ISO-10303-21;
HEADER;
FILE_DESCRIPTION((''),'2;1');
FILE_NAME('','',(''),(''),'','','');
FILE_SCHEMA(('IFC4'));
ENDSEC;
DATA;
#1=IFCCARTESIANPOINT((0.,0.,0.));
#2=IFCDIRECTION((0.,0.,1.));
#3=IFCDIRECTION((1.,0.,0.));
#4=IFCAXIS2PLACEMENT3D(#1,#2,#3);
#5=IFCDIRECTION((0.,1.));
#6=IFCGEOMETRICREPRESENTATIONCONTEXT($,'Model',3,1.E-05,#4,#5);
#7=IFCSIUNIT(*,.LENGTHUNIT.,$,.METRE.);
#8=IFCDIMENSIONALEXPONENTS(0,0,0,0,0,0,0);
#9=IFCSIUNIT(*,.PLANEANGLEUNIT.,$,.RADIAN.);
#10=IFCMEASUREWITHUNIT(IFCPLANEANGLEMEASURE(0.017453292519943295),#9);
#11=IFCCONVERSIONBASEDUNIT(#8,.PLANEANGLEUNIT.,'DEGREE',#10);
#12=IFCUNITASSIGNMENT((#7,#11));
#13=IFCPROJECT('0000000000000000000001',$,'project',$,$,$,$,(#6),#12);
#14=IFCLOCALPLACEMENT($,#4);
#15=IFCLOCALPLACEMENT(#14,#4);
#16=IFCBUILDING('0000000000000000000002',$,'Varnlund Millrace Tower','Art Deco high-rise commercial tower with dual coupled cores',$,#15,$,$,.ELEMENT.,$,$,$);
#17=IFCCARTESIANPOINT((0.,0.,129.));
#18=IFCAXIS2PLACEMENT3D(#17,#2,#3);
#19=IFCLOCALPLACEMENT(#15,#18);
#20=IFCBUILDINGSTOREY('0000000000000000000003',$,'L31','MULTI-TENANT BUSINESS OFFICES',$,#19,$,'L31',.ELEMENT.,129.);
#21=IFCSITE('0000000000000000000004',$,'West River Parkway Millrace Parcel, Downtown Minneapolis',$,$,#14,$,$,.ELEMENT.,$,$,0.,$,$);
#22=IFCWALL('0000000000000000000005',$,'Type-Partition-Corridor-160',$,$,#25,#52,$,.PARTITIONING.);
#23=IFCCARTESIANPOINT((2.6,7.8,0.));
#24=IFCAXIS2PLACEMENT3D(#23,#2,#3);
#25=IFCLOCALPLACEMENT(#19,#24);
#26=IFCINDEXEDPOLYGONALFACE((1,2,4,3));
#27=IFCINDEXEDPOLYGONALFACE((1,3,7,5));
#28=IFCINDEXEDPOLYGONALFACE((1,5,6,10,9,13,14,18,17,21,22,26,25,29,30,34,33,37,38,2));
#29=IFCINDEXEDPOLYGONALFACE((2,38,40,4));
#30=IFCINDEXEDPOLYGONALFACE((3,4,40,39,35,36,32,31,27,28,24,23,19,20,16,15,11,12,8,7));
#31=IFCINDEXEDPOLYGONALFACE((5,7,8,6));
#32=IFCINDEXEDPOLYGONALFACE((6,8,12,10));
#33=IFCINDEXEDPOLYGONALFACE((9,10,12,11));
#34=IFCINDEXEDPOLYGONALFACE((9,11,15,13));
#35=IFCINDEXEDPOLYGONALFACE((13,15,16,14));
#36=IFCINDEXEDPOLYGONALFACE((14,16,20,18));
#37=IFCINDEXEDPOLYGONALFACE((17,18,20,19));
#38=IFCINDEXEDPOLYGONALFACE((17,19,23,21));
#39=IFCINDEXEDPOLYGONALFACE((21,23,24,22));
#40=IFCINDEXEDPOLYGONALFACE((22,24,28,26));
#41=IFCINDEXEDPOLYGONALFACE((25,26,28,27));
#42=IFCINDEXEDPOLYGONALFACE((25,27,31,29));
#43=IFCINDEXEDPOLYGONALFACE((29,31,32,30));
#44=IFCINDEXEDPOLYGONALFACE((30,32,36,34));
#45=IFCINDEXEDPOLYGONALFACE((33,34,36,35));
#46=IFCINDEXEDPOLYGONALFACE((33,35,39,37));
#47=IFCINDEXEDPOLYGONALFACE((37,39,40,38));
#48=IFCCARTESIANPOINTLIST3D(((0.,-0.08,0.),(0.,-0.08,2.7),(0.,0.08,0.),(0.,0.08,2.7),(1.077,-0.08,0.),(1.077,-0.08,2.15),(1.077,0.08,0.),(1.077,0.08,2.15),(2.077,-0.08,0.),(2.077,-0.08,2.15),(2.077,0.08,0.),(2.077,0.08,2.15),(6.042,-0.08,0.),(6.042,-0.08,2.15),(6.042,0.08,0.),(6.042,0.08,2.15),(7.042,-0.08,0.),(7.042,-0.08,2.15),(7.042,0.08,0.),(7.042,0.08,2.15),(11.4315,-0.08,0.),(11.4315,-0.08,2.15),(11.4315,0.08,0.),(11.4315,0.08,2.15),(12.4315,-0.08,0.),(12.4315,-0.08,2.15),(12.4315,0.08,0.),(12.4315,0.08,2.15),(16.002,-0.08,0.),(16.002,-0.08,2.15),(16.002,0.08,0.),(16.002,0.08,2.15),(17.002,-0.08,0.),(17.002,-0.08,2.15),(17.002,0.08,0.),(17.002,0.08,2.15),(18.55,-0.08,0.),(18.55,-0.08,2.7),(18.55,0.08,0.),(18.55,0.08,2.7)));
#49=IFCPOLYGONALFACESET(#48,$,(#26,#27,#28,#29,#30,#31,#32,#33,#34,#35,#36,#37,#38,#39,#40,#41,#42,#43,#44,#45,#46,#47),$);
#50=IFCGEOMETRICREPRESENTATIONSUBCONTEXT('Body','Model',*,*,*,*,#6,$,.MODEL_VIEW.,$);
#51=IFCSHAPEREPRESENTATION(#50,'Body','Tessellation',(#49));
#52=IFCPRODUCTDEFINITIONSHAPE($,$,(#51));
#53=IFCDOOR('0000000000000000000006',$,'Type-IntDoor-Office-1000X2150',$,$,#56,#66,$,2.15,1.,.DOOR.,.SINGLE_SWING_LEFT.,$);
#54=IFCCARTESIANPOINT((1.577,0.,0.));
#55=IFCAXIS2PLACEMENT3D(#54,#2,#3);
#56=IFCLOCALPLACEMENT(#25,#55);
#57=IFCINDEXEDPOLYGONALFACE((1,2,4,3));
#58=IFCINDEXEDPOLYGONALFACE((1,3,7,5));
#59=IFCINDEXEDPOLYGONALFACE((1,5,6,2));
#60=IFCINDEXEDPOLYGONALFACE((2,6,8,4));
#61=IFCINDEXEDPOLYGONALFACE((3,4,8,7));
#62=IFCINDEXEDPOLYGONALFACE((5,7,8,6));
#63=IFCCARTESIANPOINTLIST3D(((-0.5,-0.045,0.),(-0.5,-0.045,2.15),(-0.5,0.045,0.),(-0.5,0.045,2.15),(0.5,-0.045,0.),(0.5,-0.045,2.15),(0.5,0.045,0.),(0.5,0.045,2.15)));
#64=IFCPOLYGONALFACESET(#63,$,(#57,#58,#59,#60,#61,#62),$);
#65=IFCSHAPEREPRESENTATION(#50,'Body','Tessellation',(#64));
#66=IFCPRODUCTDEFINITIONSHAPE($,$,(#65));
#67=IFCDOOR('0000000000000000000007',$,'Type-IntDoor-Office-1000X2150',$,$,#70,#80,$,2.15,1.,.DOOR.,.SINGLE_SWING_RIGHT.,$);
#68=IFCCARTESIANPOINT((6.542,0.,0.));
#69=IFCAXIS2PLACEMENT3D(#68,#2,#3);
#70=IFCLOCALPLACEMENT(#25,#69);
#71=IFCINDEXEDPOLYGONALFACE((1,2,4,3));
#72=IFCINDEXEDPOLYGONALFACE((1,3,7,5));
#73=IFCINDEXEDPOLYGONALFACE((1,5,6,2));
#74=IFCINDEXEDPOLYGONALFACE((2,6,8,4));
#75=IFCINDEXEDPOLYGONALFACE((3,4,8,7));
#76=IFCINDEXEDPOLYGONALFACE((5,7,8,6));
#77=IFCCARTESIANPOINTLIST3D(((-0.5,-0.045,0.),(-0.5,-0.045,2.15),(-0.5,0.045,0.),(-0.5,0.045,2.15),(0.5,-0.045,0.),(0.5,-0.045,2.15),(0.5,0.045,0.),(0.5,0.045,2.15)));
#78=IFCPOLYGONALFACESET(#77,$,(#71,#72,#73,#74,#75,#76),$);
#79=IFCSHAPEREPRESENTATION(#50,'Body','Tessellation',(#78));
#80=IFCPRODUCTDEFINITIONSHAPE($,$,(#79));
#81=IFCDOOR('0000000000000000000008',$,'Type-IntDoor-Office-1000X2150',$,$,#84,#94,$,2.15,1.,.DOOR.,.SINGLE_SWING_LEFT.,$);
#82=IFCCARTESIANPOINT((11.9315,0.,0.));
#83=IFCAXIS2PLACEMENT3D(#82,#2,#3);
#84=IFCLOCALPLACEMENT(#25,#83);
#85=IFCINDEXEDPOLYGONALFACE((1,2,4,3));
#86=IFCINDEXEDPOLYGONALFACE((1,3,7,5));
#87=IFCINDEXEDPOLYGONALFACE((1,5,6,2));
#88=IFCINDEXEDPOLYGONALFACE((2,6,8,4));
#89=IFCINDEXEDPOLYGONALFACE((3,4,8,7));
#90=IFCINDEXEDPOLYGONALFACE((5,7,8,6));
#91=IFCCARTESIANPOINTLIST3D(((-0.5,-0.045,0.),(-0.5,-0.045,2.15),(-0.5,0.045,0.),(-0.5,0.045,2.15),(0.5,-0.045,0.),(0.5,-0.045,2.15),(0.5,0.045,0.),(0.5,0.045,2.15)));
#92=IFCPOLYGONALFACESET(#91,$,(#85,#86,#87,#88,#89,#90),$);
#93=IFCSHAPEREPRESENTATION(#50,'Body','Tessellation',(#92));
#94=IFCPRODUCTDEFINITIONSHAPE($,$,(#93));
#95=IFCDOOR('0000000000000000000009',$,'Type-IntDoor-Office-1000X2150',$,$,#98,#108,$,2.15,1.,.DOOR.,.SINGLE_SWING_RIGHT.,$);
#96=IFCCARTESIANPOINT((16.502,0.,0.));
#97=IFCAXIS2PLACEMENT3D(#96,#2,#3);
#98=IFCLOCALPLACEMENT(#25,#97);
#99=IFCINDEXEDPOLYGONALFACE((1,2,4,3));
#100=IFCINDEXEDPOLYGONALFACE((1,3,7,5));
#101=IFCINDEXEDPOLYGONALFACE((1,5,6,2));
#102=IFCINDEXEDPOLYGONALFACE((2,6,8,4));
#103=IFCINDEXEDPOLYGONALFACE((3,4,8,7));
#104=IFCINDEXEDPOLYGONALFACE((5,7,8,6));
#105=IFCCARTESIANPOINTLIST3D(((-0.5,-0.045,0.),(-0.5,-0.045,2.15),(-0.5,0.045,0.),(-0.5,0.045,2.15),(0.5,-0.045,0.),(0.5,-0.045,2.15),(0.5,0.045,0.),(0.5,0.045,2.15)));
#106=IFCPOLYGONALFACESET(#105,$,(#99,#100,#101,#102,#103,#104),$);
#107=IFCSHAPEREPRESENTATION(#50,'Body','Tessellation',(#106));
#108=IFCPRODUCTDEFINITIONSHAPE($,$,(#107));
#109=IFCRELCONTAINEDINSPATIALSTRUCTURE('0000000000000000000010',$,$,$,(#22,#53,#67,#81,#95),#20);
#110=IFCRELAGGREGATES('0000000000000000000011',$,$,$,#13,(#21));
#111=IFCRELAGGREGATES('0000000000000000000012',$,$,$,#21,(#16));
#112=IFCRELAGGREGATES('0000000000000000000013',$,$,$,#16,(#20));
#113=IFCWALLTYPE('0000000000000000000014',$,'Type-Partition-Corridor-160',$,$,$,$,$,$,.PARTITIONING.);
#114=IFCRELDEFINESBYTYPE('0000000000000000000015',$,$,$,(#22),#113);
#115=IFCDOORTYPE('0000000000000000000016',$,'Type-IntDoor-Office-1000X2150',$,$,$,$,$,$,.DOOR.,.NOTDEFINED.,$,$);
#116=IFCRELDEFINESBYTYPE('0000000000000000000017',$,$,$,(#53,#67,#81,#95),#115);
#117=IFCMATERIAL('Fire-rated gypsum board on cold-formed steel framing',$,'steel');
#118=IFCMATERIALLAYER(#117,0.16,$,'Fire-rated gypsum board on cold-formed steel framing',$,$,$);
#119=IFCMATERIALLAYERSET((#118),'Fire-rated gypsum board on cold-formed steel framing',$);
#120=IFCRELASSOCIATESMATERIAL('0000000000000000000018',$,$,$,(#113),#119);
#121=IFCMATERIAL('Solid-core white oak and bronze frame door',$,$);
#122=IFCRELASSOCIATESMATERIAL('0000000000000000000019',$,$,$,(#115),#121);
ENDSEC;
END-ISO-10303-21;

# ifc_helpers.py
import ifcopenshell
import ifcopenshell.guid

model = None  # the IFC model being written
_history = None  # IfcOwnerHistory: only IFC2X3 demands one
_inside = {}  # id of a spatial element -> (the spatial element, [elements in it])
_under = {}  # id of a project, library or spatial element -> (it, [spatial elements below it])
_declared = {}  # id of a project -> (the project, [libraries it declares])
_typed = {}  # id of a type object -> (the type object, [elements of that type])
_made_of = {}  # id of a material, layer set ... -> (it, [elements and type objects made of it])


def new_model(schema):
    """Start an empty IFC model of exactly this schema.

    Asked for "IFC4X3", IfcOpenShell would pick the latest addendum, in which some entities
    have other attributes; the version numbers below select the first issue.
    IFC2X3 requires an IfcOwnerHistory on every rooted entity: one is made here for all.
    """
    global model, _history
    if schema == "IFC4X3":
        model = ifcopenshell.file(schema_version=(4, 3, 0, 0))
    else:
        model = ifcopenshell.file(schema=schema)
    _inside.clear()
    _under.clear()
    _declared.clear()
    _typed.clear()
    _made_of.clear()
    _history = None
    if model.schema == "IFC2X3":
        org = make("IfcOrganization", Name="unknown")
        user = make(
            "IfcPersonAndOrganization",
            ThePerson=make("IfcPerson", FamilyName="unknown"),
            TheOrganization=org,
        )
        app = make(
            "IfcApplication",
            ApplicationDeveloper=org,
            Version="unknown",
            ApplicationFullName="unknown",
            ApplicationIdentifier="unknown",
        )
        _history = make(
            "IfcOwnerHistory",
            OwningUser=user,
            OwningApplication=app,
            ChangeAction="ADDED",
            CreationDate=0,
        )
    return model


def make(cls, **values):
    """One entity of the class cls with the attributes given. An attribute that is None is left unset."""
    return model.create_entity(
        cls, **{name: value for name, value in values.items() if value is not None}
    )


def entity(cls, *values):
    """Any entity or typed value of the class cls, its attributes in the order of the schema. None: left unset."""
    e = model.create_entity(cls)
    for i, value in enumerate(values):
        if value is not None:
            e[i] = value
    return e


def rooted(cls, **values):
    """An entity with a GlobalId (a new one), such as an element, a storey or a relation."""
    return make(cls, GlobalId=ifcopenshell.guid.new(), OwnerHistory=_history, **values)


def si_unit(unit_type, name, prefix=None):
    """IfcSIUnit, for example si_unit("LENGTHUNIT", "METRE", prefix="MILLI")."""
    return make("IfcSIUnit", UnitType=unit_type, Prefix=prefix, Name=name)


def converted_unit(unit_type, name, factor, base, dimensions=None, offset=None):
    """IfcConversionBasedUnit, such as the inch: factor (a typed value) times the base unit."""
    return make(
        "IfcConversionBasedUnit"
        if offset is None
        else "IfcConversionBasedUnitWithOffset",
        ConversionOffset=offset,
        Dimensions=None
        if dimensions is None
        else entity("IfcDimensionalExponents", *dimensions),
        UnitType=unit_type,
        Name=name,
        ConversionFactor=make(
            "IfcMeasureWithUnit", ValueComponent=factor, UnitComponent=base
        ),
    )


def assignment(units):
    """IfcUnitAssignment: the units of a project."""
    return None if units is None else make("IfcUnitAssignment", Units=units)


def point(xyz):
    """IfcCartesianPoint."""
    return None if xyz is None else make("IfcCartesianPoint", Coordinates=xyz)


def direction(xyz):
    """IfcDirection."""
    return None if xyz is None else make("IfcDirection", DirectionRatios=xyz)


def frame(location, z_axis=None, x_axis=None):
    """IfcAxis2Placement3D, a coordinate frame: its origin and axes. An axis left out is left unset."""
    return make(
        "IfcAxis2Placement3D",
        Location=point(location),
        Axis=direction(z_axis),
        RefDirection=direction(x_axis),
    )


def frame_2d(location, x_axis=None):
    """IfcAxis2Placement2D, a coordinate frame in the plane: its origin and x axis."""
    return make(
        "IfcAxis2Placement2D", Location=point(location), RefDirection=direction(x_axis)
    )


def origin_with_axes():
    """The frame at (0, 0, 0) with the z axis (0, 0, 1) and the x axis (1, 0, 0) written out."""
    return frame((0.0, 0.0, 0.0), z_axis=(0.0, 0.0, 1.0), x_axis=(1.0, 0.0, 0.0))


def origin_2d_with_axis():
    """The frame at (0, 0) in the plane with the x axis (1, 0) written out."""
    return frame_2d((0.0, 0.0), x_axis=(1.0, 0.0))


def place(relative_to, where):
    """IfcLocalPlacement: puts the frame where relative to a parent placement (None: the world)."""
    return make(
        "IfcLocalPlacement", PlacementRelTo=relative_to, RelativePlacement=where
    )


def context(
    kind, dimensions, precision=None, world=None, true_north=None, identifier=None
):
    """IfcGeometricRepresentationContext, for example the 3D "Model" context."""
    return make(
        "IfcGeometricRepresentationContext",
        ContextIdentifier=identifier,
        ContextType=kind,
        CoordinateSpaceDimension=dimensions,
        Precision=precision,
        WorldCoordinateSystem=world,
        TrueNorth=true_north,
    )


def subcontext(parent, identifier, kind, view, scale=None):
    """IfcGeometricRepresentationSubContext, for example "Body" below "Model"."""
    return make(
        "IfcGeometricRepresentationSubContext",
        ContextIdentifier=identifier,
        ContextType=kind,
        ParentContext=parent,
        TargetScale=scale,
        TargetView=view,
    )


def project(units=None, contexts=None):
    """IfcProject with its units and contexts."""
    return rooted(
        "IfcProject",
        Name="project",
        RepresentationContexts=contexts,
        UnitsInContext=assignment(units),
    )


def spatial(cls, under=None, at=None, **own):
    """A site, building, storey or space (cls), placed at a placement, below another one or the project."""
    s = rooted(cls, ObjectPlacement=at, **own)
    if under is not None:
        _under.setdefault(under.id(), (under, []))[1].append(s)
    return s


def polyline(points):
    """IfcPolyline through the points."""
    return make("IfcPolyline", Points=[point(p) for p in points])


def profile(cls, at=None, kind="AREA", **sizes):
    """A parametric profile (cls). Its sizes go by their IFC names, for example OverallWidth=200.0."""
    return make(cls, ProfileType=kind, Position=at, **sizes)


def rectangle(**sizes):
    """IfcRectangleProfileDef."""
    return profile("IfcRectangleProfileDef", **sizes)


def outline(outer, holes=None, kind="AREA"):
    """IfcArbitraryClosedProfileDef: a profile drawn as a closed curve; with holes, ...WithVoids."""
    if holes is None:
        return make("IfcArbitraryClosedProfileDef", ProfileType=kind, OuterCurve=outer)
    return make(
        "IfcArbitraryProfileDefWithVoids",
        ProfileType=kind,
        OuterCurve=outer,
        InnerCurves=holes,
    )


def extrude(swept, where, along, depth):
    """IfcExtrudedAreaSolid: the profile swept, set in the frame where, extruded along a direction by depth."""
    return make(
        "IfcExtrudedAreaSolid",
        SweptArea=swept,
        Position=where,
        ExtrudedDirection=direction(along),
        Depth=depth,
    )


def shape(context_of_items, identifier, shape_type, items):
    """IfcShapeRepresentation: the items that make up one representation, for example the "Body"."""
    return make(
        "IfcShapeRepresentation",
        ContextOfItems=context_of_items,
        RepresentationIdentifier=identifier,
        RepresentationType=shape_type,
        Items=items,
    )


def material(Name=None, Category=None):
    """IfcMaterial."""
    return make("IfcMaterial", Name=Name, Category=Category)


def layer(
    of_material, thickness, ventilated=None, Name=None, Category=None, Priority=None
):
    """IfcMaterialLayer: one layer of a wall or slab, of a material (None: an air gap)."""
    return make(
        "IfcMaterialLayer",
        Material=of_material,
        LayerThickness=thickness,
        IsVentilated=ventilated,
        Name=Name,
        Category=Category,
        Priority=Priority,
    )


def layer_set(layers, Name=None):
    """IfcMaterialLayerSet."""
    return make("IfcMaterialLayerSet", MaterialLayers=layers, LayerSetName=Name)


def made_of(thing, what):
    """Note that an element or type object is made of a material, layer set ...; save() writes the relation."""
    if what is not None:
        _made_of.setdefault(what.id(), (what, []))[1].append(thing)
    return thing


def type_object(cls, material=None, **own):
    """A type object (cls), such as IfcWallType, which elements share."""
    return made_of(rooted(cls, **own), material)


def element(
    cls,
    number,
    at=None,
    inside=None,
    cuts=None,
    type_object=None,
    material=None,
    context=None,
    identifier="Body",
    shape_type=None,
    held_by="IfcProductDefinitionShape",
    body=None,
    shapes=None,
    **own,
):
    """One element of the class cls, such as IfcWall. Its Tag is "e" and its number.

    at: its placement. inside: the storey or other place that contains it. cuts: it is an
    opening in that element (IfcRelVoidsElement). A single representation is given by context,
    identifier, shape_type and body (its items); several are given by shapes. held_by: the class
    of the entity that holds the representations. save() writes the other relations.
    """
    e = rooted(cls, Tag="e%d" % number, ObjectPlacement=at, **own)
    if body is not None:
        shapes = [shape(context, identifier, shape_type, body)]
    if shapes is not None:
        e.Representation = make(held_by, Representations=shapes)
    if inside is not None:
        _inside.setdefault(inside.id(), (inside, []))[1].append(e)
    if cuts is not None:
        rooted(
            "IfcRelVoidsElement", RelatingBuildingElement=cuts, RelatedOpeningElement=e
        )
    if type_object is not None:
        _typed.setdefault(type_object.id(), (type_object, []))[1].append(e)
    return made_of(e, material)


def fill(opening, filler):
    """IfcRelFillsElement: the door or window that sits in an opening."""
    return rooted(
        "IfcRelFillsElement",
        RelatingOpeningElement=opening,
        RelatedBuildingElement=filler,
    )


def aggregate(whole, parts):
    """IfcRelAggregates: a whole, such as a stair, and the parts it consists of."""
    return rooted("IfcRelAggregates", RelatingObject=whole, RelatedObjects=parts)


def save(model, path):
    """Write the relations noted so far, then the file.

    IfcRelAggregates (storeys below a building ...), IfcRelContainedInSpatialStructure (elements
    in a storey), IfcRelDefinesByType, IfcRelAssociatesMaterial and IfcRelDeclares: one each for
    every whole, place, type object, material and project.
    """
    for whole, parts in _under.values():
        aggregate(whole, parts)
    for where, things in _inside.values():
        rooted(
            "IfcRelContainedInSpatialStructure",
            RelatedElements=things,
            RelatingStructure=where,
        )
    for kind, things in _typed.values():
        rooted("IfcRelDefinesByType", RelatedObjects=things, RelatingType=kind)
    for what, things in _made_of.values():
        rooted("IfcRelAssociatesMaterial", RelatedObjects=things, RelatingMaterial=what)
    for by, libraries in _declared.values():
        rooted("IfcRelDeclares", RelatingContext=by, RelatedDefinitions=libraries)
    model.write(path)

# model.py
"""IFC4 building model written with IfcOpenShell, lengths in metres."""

from ifc_helpers import new_model, entity, si_unit, converted_unit, direction, frame, origin_with_axes, origin_2d_with_axis, place, context, subcontext, project, spatial, polyline, rectangle, outline, extrude, material, layer, layer_set, type_object, element, fill, save


model = new_model("IFC4")

# Units and contexts
model_context = context("Model", 3, precision=1e-05, world=origin_with_axes(), true_north=direction((0.0, 1.0)))
body_context = subcontext(model_context, "Body", "Model", "MODEL_VIEW")
ifc_project = project(units=[si_unit("LENGTHUNIT", "METRE"), converted_unit("PLANEANGLEUNIT", "DEGREE", entity("IfcPlaneAngleMeasure", 0.017453292519943295), si_unit("PLANEANGLEUNIT", "RADIAN"), dimensions=[0, 0, 0, 0, 0, 0, 0])], contexts=[model_context])

# Site, building, storey
site_placement = place(None, origin_with_axes())
site = spatial("IfcSite", under=ifc_project, at=site_placement, Name="West River Parkway Millrace Parcel, Downtown Minneapolis", CompositionType="ELEMENT", RefElevation=0.0)
building_placement = place(site_placement, origin_with_axes())
building = spatial("IfcBuilding", under=site, at=building_placement, Name="Varnlund Millrace Tower", Description="Art Deco high-rise commercial tower with dual coupled cores", CompositionType="ELEMENT")
storey_placement = place(building_placement, frame((0.0, 0.0, 129.0), z_axis=(0.0, 0.0, 1.0), x_axis=(1.0, 0.0, 0.0)))
storey = spatial("IfcBuildingStorey", under=building, at=storey_placement, Name="L31", Description="MULTI-TENANT BUSINESS OFFICES", LongName="L31", CompositionType="ELEMENT", Elevation=129.0)

# Shared definitions
ifc_material_1 = material(Name="Fire-rated gypsum board on cold-formed steel framing", Category="steel")
ifc_layer_1 = layer(ifc_material_1, 0.16, Name="Fire-rated gypsum board on cold-formed steel framing")
ifc_layer_set_1 = layer_set([ifc_layer_1], Name="Fire-rated gypsum board on cold-formed steel framing")
wall_type_1 = type_object("IfcWallType", Name="Type-Partition-Corridor-160", PredefinedType="PARTITIONING", material=ifc_layer_set_1)

# Wall, openings, doors
wall_1_placement = place(storey_placement, frame((2.6, 7.8, 0.0), z_axis=(0.0, 0.0, 1.0), x_axis=(1.0, 0.0, 0.0)))
wall_1 = element("IfcWall", 1, at=wall_1_placement, inside=storey, type_object=wall_type_1, Name="Type-Partition-Corridor-160", PredefinedType="PARTITIONING", context=body_context, shape_type="SweptSolid", body=[
    extrude(outline(polyline([(0.0, -0.08), (18.55, -0.08), (18.55, 0.08), (0.0, 0.08), (0.0, -0.08)])), origin_with_axes(), (0.0, 0.0, 1.0), 2.7),
])
opening_1_placement = place(wall_1_placement, frame((1.577, 0.0, 0.0), z_axis=(0.0, 0.0, 1.0), x_axis=(1.0, 0.0, 0.0)))
opening_1 = element("IfcOpeningElement", 2, at=opening_1_placement, cuts=wall_1, PredefinedType="OPENING", context=body_context, shape_type="SweptSolid", body=[
    extrude(rectangle(XDim=1.0, YDim=0.18, at=origin_2d_with_axis()), origin_with_axes(), (0.0, 0.0, 1.0), 2.15),
])
opening_2_placement = place(wall_1_placement, frame((6.542, 0.0, 0.0), z_axis=(0.0, 0.0, 1.0), x_axis=(1.0, 0.0, 0.0)))
opening_2 = element("IfcOpeningElement", 3, at=opening_2_placement, cuts=wall_1, PredefinedType="OPENING", context=body_context, shape_type="SweptSolid", body=[
    extrude(rectangle(XDim=1.0, YDim=0.18, at=origin_2d_with_axis()), origin_with_axes(), (0.0, 0.0, 1.0), 2.15),
])
opening_3_placement = place(wall_1_placement, frame((11.9315, 0.0, 0.0), z_axis=(0.0, 0.0, 1.0), x_axis=(1.0, 0.0, 0.0)))
opening_3 = element("IfcOpeningElement", 4, at=opening_3_placement, cuts=wall_1, PredefinedType="OPENING", context=body_context, shape_type="SweptSolid", body=[
    extrude(rectangle(XDim=1.0, YDim=0.18, at=origin_2d_with_axis()), origin_with_axes(), (0.0, 0.0, 1.0), 2.15),
])
opening_4_placement = place(wall_1_placement, frame((16.502, 0.0, 0.0), z_axis=(0.0, 0.0, 1.0), x_axis=(1.0, 0.0, 0.0)))
opening_4 = element("IfcOpeningElement", 5, at=opening_4_placement, cuts=wall_1, PredefinedType="OPENING", context=body_context, shape_type="SweptSolid", body=[
    extrude(rectangle(XDim=1.0, YDim=0.18, at=origin_2d_with_axis()), origin_with_axes(), (0.0, 0.0, 1.0), 2.15),
])
ifc_material_2 = material(Name="Solid-core white oak and bronze frame door")
door_type_1 = type_object("IfcDoorType", Name="Type-IntDoor-Office-1000X2150", OperationType="NOTDEFINED", PredefinedType="DOOR", material=ifc_material_2)
door_1_placement = place(wall_1_placement, frame((1.577, 0.0, 0.0), z_axis=(0.0, 0.0, 1.0), x_axis=(1.0, 0.0, 0.0)))
door_1 = element("IfcDoor", 6, at=door_1_placement, inside=storey, type_object=door_type_1, Name="Type-IntDoor-Office-1000X2150", OperationType="SINGLE_SWING_LEFT", OverallHeight=2.15, OverallWidth=1.0, PredefinedType="DOOR", context=body_context, shape_type="SweptSolid", body=[
    extrude(rectangle(XDim=1.0, YDim=0.09, at=origin_2d_with_axis()), origin_with_axes(), (0.0, 0.0, 1.0), 2.15),
])
fill(opening_1, door_1)
door_2_placement = place(wall_1_placement, frame((6.542, 0.0, 0.0), z_axis=(0.0, 0.0, 1.0), x_axis=(1.0, 0.0, 0.0)))
door_2 = element("IfcDoor", 7, at=door_2_placement, inside=storey, type_object=door_type_1, Name="Type-IntDoor-Office-1000X2150", OperationType="SINGLE_SWING_RIGHT", OverallHeight=2.15, OverallWidth=1.0, PredefinedType="DOOR", context=body_context, shape_type="SweptSolid", body=[
    extrude(rectangle(XDim=1.0, YDim=0.09, at=origin_2d_with_axis()), origin_with_axes(), (0.0, 0.0, 1.0), 2.15),
])
fill(opening_2, door_2)
door_3_placement = place(wall_1_placement, frame((11.9315, 0.0, 0.0), z_axis=(0.0, 0.0, 1.0), x_axis=(1.0, 0.0, 0.0)))
door_3 = element("IfcDoor", 8, at=door_3_placement, inside=storey, type_object=door_type_1, Name="Type-IntDoor-Office-1000X2150", OperationType="SINGLE_SWING_LEFT", OverallHeight=2.15, OverallWidth=1.0, PredefinedType="DOOR", context=body_context, shape_type="SweptSolid", body=[
    extrude(rectangle(XDim=1.0, YDim=0.09, at=origin_2d_with_axis()), origin_with_axes(), (0.0, 0.0, 1.0), 2.15),
])
fill(opening_3, door_3)
door_4_placement = place(wall_1_placement, frame((16.502, 0.0, 0.0), z_axis=(0.0, 0.0, 1.0), x_axis=(1.0, 0.0, 0.0)))
door_4 = element("IfcDoor", 9, at=door_4_placement, inside=storey, type_object=door_type_1, Name="Type-IntDoor-Office-1000X2150", OperationType="SINGLE_SWING_RIGHT", OverallHeight=2.15, OverallWidth=1.0, PredefinedType="DOOR", context=body_context, shape_type="SweptSolid", body=[
    extrude(rectangle(XDim=1.0, YDim=0.09, at=origin_2d_with_axis()), origin_with_axes(), (0.0, 0.0, 1.0), 2.15),
])
fill(opening_4, door_4)

save(model, "model.ifc")
